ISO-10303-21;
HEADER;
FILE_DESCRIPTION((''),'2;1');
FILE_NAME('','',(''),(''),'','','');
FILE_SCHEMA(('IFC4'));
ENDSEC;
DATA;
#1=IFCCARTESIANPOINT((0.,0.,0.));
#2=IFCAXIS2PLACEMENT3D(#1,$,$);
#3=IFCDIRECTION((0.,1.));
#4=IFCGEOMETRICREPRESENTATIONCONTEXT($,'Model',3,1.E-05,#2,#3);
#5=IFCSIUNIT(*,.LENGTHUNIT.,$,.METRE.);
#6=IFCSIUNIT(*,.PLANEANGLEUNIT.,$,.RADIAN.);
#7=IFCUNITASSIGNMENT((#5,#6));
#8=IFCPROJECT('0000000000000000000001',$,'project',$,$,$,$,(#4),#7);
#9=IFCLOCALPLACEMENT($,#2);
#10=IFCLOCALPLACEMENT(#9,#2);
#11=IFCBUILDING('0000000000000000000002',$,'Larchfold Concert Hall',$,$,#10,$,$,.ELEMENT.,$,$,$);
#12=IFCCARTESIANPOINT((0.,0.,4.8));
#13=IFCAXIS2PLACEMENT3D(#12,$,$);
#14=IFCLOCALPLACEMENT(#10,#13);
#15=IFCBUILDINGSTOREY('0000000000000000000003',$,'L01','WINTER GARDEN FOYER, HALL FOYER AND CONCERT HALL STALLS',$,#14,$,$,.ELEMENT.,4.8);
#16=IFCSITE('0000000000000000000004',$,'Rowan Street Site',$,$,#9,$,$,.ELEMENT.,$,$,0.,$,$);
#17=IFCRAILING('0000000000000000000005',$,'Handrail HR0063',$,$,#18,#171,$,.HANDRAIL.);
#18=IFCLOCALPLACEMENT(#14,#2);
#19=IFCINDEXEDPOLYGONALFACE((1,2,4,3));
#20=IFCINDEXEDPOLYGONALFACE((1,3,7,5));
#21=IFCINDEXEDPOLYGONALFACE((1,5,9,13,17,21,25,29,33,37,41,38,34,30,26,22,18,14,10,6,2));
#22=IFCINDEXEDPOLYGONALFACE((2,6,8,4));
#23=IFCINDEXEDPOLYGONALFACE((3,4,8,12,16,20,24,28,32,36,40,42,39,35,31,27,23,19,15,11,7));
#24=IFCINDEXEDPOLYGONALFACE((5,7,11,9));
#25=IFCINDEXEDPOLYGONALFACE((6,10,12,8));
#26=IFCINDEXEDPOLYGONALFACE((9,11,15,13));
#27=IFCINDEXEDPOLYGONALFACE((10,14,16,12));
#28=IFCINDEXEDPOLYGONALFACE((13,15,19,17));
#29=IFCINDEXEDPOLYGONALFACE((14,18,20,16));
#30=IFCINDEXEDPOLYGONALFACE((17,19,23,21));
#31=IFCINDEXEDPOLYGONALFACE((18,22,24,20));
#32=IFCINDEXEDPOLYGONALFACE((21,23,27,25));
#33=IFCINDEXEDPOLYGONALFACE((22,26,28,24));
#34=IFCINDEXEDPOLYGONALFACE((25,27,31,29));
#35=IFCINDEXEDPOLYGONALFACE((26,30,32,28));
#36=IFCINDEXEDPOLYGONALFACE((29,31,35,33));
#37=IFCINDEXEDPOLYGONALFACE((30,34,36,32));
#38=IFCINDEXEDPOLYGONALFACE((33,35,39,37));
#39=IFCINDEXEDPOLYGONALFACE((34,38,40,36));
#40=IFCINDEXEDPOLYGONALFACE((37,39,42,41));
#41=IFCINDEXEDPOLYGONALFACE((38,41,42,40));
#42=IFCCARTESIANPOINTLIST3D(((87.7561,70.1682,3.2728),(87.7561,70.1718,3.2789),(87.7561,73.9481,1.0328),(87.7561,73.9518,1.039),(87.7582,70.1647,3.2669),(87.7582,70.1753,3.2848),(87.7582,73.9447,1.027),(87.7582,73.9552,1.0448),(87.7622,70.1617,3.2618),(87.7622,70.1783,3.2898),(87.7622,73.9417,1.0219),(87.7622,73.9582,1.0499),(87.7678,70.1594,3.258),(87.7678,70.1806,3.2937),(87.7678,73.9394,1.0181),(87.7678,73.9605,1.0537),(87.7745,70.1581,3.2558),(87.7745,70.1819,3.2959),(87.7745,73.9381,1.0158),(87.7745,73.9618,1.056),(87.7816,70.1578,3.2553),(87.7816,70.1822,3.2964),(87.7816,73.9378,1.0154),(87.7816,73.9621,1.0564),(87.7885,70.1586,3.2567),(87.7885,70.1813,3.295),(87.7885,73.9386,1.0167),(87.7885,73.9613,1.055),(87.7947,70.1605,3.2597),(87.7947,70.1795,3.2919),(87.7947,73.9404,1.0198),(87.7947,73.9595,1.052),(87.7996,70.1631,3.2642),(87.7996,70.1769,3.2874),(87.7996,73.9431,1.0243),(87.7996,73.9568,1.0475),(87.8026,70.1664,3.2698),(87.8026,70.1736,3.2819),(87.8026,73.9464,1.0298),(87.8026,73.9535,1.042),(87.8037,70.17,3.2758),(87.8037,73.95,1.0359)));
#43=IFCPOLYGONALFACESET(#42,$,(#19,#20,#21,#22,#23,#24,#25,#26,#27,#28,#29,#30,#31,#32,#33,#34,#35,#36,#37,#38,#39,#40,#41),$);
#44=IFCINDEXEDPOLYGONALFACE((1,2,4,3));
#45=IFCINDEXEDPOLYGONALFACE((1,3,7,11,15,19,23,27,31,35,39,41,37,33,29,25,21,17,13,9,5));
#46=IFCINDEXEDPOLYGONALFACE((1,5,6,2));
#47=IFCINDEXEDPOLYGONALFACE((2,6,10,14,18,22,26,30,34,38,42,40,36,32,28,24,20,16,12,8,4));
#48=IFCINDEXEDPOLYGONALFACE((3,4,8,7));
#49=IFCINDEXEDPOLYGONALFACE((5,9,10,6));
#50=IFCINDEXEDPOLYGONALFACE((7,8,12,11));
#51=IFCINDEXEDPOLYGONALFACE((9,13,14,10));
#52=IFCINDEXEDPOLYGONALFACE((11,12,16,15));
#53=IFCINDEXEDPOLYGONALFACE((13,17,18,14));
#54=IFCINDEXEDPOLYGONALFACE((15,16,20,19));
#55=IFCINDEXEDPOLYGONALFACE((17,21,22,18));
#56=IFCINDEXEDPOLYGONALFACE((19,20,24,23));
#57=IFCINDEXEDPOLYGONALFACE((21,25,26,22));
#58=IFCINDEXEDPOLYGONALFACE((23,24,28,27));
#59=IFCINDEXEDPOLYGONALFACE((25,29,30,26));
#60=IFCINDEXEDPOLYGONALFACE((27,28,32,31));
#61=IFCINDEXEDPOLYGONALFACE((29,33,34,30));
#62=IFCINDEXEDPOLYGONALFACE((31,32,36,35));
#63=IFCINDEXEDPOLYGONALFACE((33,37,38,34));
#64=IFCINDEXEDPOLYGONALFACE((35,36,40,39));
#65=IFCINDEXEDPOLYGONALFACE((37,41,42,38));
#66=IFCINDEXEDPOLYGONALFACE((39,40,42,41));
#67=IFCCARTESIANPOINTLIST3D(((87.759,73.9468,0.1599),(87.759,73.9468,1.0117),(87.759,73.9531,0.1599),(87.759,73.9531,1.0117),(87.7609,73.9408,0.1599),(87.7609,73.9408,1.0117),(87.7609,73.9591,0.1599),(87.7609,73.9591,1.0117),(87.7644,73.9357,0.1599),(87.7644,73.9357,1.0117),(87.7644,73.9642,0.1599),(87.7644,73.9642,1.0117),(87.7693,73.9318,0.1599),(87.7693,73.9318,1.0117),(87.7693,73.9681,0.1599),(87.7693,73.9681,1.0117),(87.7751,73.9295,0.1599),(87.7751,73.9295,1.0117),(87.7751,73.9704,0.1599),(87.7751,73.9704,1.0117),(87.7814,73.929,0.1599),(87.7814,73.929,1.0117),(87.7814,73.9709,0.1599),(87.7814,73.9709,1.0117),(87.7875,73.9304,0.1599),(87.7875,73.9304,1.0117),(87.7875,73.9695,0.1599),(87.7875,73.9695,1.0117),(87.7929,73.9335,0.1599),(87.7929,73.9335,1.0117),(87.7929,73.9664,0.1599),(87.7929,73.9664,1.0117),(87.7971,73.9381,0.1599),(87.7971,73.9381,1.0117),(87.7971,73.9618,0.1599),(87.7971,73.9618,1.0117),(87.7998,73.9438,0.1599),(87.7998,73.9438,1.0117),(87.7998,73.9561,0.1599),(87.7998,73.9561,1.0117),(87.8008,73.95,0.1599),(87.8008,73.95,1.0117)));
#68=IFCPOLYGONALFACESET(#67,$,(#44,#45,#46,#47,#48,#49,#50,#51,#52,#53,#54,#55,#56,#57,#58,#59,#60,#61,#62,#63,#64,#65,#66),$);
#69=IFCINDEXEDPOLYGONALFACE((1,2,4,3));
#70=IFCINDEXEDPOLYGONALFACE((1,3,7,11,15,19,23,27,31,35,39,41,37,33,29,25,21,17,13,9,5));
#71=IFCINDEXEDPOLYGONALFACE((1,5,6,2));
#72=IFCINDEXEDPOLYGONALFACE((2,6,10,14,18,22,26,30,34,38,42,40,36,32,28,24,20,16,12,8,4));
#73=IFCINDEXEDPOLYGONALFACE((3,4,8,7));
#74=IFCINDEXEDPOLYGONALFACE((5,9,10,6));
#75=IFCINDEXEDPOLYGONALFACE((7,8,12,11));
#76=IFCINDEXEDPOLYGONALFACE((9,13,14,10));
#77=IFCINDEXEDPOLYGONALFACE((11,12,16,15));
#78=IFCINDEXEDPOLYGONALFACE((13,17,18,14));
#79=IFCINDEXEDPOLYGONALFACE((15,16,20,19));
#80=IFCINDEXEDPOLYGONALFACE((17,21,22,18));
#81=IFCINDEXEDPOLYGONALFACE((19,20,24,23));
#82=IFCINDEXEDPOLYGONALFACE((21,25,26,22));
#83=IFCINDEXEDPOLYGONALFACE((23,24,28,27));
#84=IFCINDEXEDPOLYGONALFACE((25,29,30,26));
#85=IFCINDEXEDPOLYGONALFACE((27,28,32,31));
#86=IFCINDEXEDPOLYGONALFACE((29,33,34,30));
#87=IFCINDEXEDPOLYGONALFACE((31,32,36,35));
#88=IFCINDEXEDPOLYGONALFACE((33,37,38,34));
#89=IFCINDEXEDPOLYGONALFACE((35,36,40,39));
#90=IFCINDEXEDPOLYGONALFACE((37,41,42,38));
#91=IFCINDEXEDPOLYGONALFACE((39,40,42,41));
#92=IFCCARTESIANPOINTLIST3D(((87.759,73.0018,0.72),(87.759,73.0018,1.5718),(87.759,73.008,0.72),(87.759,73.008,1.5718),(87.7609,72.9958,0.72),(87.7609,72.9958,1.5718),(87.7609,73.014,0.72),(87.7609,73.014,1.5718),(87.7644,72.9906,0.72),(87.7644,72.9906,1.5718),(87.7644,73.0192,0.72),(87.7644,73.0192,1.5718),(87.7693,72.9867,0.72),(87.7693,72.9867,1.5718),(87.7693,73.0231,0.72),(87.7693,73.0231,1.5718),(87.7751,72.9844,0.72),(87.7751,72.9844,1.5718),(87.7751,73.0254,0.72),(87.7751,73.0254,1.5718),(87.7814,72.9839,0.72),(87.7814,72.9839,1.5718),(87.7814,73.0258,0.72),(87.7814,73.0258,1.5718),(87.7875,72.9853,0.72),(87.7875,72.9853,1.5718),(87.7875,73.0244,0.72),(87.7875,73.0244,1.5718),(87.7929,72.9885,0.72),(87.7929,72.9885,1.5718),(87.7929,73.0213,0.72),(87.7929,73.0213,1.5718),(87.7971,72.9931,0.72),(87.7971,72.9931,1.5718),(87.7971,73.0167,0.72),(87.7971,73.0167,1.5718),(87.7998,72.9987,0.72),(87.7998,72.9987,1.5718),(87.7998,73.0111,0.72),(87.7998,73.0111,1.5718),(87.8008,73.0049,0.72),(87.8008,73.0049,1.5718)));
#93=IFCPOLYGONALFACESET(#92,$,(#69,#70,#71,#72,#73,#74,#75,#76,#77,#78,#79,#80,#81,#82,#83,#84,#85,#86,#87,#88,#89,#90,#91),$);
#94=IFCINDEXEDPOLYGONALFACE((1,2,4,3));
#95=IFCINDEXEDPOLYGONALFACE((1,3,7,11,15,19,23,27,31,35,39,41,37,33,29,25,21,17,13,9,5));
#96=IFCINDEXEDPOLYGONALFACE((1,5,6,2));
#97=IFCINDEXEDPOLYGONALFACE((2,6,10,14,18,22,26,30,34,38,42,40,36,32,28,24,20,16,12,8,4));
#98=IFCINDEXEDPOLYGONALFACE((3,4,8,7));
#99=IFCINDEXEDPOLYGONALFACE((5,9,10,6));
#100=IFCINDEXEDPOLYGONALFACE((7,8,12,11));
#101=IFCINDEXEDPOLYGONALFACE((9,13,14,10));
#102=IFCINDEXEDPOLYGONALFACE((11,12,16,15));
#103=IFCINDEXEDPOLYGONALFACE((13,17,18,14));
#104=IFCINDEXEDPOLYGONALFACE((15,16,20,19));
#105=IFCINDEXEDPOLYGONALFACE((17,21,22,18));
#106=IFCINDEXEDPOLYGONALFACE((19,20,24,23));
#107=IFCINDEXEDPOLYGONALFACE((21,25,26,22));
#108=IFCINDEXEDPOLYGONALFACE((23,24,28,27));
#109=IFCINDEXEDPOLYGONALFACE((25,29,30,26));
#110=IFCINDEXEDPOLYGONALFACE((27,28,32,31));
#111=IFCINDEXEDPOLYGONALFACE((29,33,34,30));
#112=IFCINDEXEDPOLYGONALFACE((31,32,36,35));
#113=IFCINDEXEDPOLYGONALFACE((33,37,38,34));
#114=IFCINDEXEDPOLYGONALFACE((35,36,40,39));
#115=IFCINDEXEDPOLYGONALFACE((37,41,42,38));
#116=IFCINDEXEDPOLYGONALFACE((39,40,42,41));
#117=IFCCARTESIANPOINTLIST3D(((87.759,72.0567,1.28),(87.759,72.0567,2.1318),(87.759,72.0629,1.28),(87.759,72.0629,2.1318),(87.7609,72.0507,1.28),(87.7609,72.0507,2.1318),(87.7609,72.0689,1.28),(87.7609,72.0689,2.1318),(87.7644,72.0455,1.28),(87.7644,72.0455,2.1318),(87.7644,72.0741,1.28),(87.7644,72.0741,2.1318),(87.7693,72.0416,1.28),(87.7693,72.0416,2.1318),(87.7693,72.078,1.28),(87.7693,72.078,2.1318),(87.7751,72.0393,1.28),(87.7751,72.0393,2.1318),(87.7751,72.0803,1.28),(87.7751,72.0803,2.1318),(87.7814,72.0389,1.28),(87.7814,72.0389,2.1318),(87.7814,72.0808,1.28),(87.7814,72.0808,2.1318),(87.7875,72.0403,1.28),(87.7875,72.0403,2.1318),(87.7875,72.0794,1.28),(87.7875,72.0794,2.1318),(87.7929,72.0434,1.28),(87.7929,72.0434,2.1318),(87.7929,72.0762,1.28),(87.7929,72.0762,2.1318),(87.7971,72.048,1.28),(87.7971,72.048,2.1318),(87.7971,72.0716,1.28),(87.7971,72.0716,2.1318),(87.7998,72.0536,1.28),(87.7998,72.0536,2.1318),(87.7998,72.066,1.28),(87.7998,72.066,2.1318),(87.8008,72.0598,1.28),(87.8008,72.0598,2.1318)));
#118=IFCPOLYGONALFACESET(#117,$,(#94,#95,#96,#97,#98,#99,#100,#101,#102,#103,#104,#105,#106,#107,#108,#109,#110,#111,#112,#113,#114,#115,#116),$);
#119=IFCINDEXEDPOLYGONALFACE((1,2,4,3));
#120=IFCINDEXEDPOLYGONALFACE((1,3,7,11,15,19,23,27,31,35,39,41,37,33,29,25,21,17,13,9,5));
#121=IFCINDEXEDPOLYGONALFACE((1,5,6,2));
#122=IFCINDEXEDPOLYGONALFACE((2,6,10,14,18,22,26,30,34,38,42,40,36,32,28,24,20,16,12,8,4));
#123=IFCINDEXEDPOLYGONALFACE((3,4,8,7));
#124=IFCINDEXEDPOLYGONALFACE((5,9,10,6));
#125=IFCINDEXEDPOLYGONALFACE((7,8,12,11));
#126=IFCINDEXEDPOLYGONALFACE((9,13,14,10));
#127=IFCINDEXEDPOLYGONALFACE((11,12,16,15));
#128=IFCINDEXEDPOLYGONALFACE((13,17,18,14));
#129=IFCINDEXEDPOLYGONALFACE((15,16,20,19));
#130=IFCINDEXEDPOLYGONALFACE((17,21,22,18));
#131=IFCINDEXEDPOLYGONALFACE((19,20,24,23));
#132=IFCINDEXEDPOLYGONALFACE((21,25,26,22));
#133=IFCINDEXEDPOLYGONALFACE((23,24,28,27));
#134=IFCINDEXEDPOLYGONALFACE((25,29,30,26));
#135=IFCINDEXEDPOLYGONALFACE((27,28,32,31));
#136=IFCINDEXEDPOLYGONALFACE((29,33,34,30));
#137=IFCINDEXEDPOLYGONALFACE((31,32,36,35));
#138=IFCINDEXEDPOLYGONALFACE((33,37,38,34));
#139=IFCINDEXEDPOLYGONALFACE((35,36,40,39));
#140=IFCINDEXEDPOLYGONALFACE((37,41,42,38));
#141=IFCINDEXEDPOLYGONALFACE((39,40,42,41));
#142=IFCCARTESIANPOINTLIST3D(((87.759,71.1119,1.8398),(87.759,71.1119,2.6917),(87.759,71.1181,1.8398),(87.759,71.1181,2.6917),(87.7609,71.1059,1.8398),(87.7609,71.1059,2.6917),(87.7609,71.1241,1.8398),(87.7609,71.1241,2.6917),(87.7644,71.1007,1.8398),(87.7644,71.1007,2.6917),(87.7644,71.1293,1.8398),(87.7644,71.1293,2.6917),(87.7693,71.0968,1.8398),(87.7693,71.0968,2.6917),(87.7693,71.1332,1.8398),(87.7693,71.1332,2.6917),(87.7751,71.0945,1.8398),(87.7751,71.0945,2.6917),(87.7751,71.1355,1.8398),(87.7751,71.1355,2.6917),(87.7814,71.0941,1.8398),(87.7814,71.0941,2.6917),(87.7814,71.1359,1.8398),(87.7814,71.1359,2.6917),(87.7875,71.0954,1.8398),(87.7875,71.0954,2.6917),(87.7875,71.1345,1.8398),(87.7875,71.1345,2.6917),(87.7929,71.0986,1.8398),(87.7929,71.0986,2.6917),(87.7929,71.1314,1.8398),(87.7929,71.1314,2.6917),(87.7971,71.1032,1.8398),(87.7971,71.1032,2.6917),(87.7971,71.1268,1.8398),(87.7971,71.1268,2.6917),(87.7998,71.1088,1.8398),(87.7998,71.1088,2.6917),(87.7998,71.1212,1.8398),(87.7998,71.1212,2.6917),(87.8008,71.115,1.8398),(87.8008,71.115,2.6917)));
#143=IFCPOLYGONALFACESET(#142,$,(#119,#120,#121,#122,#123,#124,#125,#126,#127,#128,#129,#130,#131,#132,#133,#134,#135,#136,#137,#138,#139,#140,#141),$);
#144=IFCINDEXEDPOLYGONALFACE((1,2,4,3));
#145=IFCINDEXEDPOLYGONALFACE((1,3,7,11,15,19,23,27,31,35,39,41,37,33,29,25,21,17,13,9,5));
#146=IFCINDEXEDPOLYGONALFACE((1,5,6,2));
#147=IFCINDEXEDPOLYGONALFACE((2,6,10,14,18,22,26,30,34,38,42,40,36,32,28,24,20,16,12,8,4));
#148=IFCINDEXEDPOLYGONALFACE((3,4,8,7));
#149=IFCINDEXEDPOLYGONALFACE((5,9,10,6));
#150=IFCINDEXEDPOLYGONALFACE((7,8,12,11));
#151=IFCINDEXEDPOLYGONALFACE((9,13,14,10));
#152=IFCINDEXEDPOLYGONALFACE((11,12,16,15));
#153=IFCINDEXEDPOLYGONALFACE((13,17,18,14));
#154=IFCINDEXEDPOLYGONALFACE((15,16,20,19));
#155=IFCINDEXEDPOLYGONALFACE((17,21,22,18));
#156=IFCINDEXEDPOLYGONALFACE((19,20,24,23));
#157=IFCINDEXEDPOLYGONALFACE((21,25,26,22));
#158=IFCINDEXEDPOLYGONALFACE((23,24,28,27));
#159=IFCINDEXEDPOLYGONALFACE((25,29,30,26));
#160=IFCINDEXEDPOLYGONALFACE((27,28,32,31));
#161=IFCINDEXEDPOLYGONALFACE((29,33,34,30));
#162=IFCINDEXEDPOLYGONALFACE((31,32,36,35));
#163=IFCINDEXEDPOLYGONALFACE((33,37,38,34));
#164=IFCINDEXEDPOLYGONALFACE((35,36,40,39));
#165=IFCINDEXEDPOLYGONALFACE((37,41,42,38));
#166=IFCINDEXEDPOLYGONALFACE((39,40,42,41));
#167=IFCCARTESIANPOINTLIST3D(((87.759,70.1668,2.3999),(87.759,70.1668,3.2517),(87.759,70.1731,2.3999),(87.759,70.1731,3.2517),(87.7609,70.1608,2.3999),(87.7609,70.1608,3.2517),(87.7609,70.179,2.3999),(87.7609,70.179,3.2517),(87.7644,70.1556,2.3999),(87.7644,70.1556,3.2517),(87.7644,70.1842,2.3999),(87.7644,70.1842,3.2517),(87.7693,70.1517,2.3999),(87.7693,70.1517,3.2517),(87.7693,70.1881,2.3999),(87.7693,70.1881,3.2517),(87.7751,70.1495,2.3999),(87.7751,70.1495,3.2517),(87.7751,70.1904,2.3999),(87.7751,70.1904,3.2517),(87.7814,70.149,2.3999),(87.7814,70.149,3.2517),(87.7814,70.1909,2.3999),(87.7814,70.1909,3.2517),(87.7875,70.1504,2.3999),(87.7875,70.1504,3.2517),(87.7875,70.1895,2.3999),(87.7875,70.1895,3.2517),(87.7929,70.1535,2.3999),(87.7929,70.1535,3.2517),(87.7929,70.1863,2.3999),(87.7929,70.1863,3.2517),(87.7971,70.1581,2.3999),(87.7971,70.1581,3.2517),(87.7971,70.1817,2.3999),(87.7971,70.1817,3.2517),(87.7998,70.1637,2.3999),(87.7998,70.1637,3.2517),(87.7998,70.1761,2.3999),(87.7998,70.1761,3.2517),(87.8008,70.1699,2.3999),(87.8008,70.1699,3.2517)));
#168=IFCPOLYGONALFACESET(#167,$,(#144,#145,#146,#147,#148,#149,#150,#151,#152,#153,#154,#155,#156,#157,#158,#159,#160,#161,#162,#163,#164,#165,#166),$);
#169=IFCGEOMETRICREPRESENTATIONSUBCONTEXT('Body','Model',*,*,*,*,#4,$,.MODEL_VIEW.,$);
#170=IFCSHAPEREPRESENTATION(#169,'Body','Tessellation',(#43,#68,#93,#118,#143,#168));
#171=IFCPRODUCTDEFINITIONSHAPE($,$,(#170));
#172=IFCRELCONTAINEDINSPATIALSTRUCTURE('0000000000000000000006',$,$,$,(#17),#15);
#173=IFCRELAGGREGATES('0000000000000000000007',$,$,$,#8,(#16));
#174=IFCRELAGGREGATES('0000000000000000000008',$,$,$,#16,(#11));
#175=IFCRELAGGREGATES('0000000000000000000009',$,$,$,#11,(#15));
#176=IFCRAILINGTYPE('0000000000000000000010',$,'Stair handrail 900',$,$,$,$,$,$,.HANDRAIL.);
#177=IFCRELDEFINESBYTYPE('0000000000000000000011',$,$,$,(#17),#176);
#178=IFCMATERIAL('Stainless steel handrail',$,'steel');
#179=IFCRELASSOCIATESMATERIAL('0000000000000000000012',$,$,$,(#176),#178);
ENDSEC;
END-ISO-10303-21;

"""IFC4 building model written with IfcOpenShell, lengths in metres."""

from ifc_helpers import new_model, si_unit, direction, frame, origin, origin_2d, place, context, subcontext, project, spatial, circle, extrude, material, type_object, element, save


model = new_model("IFC4")

# Units and contexts
model_context = context("Model", 3, precision=1e-05, world=origin(), true_north=direction((0.0, 1.0)))
body_context = subcontext(model_context, "Body", "Model", "MODEL_VIEW")
ifc_project = project(units=[si_unit("LENGTHUNIT", "METRE"), si_unit("PLANEANGLEUNIT", "RADIAN")], contexts=[model_context])

# Site, building, storey
site_placement = place(None, origin())
site = spatial("IfcSite", under=ifc_project, at=site_placement, Name="Rowan Street Site", CompositionType="ELEMENT", RefElevation=0.0)
building_placement = place(site_placement, origin())
building = spatial("IfcBuilding", under=site, at=building_placement, Name="Larchfold Concert Hall", CompositionType="ELEMENT")
storey_placement = place(building_placement, frame((0.0, 0.0, 4.8)))
storey = spatial("IfcBuildingStorey", under=building, at=storey_placement, Name="L01", Description="WINTER GARDEN FOYER, HALL FOYER AND CONCERT HALL STALLS", CompositionType="ELEMENT", Elevation=4.8)

# Railing
ifc_material_1 = material(Name="Stainless steel handrail", Category="steel")
railing_type_1 = type_object("IfcRailingType", Name="Stair handrail 900", PredefinedType="HANDRAIL", material=ifc_material_1)
for number, where, name in (
    (1, (87.7798, 73.95, 0.1599), "Handrail HR0063"),
):
    element("IfcRailing", number, at=place(storey_placement, frame(where)), inside=storey, type_object=railing_type_1, Name=name, PredefinedType="HANDRAIL", context=body_context, shape_type="SweptSolid", body=[
        extrude(circle(Radius=0.0239, at=origin_2d()), frame((0.0, 0.0, 0.876), z_axis=(0.0, -0.860294, 0.509798), x_axis=(1.0, 0.0, 0.0)), (0.0, 0.0, 1.0), 4.3938),
        extrude(circle(Radius=0.021, at=origin_2d()), origin(), (0.0, 0.0, 1.0), 0.8518),
        extrude(circle(Radius=0.021, at=origin_2d()), frame((0.0, -0.9451, 0.5601)), (0.0, 0.0, 1.0), 0.8518),
        extrude(circle(Radius=0.021, at=origin_2d()), frame((0.0, -1.8901, 1.1201)), (0.0, 0.0, 1.0), 0.8518),
        extrude(circle(Radius=0.021, at=origin_2d()), frame((0.0, -2.835, 1.6799)), (0.0, 0.0, 1.0), 0.8518),
        extrude(circle(Radius=0.021, at=origin_2d()), frame((0.0, -3.78, 2.24)), (0.0, 0.0, 1.0), 0.8518),
    ])

save(model, "model.ifc")
